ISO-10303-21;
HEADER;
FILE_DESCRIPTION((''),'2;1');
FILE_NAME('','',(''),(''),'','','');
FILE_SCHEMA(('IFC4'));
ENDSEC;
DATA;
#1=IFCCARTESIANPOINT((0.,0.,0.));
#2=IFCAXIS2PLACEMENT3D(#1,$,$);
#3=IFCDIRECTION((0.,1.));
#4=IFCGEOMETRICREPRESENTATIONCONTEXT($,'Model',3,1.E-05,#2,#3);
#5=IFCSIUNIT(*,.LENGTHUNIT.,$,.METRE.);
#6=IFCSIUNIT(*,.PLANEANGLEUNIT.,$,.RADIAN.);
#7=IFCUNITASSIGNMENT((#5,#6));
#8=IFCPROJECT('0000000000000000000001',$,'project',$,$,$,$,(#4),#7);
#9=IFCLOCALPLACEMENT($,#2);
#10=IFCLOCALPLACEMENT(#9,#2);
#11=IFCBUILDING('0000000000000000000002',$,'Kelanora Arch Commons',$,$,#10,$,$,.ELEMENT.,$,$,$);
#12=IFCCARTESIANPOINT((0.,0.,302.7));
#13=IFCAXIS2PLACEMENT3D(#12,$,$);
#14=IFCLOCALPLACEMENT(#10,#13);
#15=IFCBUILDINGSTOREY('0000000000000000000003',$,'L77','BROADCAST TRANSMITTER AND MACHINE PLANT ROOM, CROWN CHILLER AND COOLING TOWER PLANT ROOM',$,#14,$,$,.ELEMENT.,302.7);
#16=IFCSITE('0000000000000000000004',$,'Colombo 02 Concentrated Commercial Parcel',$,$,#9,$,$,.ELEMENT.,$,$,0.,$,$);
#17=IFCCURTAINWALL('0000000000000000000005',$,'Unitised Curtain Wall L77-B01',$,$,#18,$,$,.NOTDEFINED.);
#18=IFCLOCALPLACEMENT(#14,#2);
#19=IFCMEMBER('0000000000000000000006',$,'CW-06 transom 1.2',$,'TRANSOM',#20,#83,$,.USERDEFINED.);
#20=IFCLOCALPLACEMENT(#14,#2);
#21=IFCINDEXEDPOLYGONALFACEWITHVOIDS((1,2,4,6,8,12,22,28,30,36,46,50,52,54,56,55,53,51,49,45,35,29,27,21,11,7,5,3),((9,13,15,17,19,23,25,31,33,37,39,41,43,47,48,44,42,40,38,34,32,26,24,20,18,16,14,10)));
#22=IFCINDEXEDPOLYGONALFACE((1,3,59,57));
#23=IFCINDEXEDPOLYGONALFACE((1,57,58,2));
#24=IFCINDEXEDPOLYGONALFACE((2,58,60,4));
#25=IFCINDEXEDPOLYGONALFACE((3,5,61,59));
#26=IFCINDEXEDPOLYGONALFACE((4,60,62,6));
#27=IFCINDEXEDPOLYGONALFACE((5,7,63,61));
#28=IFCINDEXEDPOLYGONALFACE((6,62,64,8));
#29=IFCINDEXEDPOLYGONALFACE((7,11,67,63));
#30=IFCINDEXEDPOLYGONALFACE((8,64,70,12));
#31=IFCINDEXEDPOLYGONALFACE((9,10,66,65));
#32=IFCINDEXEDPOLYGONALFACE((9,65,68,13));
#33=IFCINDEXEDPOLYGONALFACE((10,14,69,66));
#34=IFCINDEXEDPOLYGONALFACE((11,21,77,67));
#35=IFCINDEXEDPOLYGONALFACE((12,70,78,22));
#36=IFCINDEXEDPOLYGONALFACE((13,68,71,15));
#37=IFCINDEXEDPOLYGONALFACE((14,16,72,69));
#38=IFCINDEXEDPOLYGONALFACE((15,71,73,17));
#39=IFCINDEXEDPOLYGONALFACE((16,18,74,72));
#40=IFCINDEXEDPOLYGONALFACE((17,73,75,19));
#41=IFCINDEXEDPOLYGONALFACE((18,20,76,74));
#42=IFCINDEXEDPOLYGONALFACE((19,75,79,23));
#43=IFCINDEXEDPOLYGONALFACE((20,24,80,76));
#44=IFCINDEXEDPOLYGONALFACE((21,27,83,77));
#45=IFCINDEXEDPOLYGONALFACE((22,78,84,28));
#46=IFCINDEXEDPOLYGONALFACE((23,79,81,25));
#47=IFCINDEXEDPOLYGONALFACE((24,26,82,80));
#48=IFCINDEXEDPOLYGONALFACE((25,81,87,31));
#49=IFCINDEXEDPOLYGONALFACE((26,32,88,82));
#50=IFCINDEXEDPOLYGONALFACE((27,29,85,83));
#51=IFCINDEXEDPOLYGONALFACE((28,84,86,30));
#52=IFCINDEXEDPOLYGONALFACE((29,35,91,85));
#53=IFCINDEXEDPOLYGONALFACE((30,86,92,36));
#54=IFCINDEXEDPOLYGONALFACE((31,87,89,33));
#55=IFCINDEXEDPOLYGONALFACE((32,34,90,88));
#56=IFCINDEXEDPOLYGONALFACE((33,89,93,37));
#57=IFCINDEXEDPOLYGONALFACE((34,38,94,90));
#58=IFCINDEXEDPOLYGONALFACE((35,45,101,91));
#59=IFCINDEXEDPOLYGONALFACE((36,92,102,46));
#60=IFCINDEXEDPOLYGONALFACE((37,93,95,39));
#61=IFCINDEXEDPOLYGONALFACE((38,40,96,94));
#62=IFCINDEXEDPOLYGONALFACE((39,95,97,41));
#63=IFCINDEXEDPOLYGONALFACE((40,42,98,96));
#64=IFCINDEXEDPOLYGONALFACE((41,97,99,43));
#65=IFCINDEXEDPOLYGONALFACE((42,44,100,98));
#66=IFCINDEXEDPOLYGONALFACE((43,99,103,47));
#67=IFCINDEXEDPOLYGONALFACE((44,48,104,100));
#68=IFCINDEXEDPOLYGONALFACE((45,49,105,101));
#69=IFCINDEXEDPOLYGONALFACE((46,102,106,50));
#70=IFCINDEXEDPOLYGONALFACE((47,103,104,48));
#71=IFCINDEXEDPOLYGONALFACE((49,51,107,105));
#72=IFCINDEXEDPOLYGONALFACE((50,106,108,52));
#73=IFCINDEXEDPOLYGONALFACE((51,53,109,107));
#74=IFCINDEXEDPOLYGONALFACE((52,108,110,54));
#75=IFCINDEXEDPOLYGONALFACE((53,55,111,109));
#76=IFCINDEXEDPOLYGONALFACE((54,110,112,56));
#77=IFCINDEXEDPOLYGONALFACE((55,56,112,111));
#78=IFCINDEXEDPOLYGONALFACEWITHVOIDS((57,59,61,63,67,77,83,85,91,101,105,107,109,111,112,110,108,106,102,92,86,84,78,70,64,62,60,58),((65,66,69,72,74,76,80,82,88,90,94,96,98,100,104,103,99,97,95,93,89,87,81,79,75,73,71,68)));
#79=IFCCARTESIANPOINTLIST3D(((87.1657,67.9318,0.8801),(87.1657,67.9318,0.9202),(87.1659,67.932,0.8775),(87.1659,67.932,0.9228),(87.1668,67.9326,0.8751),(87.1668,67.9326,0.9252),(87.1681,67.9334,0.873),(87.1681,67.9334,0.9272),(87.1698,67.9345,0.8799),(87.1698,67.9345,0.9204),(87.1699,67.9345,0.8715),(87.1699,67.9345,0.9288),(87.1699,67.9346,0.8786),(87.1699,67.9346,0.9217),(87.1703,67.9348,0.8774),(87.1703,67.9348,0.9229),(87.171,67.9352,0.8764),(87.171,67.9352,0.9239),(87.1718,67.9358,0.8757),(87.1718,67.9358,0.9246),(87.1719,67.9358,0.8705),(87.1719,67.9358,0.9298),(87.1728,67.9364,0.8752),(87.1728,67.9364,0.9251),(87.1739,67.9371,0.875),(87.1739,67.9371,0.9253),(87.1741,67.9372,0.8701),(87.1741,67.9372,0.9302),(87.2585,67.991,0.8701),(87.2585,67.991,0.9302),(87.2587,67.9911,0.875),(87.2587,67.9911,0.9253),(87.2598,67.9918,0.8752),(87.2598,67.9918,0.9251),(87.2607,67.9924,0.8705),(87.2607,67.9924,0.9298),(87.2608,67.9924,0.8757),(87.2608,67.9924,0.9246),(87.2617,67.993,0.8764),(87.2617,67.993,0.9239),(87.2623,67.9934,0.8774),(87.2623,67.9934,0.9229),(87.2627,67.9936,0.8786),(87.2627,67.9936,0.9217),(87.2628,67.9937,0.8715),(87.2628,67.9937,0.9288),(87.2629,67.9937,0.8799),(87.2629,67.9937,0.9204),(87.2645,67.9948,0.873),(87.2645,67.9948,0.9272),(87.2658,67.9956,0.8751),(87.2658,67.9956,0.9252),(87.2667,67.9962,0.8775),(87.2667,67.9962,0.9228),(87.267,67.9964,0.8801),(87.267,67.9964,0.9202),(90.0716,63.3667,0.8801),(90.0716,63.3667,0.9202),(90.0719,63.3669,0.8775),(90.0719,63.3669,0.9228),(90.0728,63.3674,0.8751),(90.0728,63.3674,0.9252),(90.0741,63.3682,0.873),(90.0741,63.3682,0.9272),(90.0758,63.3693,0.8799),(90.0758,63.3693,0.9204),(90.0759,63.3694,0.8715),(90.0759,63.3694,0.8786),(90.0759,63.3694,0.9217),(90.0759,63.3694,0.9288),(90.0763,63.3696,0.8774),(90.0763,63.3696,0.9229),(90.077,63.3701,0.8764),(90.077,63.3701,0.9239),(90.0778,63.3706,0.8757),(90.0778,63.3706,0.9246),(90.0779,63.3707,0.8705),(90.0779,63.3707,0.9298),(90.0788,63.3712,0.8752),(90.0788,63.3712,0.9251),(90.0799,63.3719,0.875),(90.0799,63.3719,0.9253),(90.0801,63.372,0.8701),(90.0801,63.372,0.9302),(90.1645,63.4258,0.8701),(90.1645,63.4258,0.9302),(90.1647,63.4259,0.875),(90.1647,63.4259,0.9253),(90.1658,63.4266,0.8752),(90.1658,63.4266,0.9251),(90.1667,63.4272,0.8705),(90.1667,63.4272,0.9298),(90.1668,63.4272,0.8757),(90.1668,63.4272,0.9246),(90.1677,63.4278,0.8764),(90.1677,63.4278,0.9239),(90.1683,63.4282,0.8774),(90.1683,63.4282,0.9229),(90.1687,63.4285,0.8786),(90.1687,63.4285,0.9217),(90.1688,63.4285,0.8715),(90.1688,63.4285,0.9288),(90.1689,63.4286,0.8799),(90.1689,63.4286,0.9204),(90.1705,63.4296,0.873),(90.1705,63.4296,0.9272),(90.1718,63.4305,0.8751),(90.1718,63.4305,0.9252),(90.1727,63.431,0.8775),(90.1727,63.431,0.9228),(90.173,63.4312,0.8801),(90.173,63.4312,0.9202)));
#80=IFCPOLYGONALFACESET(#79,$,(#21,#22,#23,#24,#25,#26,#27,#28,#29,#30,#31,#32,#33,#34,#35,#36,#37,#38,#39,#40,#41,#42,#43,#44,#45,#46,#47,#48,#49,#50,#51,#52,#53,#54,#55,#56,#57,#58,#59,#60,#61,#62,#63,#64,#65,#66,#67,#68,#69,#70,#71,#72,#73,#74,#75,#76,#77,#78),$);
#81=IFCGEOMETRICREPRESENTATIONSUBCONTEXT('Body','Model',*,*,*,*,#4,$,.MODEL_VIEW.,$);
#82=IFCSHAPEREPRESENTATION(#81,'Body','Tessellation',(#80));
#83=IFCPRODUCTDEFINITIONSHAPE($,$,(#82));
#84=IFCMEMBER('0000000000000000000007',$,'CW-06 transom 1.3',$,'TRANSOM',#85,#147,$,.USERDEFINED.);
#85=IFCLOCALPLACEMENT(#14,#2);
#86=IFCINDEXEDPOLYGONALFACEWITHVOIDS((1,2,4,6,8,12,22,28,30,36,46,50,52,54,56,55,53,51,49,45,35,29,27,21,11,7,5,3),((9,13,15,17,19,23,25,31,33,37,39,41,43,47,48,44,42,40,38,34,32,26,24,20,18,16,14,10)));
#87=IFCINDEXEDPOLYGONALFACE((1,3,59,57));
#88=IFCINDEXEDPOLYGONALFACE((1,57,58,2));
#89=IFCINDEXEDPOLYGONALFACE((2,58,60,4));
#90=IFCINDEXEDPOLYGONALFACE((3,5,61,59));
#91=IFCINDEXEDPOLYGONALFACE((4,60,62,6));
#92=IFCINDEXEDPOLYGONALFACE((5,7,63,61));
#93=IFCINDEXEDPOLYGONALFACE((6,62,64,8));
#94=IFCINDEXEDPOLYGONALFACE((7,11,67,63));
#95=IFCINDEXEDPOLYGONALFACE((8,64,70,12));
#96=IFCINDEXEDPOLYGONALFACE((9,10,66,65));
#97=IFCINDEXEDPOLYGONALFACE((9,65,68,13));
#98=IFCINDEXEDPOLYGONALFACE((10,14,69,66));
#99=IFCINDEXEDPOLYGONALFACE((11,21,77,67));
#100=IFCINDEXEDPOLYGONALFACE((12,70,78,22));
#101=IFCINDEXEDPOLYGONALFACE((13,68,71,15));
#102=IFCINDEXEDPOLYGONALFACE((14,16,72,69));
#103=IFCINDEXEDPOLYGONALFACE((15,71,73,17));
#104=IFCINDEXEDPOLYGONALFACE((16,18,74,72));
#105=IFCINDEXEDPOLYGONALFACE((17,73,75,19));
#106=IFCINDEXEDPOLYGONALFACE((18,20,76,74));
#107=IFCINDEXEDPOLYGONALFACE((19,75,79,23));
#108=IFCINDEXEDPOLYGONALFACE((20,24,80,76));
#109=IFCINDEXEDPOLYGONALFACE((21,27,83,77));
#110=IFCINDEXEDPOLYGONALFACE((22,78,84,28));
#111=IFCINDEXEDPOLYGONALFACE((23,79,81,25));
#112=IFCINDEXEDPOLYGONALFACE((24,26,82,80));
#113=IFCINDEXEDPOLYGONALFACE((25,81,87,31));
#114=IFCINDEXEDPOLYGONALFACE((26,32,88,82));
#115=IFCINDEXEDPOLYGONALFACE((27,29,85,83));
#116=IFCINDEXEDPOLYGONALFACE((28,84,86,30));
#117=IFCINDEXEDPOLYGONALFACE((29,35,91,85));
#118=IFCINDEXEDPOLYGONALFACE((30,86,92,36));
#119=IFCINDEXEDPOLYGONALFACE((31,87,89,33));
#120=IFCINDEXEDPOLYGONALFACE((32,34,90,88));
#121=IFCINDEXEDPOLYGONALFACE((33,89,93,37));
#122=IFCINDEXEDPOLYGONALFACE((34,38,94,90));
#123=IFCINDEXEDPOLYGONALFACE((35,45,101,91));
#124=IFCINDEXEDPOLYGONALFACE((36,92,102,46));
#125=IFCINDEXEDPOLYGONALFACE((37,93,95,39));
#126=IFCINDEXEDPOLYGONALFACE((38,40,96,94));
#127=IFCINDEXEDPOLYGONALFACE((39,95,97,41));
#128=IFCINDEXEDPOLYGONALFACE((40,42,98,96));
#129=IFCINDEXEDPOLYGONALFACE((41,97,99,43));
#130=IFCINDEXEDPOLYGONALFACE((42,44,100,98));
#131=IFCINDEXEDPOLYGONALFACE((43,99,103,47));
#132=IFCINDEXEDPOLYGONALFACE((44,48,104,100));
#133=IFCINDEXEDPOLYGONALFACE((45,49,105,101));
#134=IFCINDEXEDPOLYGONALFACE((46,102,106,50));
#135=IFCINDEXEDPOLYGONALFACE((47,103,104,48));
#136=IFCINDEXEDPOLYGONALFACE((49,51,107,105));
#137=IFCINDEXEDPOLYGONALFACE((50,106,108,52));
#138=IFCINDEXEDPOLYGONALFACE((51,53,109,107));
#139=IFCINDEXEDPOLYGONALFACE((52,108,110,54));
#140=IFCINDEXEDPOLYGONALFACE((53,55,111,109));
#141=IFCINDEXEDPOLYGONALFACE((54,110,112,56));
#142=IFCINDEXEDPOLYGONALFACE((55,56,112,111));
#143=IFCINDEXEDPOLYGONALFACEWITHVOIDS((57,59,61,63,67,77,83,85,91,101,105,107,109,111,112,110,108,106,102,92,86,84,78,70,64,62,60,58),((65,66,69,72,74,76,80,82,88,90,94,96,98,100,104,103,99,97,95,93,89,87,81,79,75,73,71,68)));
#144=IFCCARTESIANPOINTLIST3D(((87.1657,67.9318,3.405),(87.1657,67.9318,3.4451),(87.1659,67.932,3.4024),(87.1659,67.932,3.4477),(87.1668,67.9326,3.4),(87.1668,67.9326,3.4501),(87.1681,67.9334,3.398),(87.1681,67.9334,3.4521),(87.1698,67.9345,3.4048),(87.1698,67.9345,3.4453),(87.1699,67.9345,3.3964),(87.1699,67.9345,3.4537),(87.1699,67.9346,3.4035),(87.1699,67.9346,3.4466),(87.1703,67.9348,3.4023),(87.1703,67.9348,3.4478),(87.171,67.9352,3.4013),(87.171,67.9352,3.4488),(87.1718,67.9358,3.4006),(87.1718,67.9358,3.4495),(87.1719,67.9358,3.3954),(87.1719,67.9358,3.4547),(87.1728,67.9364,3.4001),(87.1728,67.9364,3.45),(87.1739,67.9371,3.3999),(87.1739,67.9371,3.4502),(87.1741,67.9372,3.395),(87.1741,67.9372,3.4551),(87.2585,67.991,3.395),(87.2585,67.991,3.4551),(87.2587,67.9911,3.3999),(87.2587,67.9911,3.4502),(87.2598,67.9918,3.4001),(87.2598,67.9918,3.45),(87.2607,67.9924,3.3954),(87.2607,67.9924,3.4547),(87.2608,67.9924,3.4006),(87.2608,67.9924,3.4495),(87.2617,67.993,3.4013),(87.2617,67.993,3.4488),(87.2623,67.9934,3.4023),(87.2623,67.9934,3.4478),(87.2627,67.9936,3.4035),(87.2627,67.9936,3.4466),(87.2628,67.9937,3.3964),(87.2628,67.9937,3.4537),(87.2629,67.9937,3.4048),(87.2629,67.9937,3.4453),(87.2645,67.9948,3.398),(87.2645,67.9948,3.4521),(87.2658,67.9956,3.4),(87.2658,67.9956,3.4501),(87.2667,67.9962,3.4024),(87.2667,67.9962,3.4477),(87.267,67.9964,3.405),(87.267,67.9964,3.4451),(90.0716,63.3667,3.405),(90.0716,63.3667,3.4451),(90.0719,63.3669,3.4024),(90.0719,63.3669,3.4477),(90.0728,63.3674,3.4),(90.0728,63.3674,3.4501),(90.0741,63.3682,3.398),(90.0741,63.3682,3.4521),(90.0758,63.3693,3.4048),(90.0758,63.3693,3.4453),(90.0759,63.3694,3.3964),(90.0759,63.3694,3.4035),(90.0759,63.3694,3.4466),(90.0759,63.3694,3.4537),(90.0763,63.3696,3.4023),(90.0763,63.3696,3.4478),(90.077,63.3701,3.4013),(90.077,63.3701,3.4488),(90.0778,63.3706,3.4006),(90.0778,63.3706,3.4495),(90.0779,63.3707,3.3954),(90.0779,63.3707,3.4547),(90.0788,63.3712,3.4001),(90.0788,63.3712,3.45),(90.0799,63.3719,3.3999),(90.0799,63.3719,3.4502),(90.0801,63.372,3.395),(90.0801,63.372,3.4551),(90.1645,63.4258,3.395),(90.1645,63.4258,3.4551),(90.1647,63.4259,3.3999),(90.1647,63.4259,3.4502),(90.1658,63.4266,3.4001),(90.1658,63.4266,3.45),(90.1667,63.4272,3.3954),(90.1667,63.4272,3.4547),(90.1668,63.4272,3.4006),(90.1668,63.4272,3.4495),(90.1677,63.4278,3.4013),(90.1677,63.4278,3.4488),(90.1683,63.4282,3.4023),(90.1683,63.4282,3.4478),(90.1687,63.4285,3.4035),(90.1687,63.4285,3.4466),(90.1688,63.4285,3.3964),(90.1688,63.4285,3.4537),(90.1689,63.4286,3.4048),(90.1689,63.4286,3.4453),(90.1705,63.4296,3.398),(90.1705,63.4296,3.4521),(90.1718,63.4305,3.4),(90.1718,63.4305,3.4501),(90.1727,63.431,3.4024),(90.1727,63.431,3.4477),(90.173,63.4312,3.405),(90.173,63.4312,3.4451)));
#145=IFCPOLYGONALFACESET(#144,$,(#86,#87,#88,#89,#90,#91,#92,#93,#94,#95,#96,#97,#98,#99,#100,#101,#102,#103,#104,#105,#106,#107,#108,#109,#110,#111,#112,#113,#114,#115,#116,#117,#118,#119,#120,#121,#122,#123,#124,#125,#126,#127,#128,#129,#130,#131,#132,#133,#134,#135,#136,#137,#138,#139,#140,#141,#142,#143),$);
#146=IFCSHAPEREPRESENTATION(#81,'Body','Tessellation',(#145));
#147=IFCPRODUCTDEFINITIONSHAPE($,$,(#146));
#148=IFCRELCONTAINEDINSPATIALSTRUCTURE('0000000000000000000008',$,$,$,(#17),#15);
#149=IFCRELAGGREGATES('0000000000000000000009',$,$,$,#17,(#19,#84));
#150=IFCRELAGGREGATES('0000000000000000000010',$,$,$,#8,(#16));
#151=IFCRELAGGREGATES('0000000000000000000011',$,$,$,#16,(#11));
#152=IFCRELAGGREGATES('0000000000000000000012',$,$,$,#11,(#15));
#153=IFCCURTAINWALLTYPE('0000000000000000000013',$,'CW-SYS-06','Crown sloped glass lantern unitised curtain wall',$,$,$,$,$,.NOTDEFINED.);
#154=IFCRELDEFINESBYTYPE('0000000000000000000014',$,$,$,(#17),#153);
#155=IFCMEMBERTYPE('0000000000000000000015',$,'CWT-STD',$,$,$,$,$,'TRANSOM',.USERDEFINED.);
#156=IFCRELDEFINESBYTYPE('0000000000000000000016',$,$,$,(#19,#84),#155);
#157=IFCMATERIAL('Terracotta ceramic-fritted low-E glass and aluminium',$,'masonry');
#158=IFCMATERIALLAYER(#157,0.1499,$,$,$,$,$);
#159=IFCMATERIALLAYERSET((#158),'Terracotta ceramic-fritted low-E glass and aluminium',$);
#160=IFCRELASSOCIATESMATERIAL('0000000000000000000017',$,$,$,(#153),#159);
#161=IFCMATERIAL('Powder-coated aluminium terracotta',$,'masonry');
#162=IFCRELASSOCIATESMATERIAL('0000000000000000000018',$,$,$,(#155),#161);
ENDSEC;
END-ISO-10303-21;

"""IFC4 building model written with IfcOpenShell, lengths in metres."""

from ifc_helpers import new_model, si_unit, direction, frame, origin, origin_2d, place, context, subcontext, project, spatial, hollow_rectangle, extrude, material, layer, layer_set, material_profile, profile_set, type_object, element, aggregate, save


model = new_model("IFC4")

# Units and contexts
model_context = context("Model", 3, precision=1e-05, world=origin(), true_north=direction((0.0, 1.0)))
body_context = subcontext(model_context, "Body", "Model", "MODEL_VIEW")
ifc_project = project(units=[si_unit("LENGTHUNIT", "METRE"), si_unit("PLANEANGLEUNIT", "RADIAN")], contexts=[model_context])

# Site, building, storey
site_placement = place(None, origin())
site = spatial("IfcSite", under=ifc_project, at=site_placement, Name="Colombo 02 Concentrated Commercial Parcel", CompositionType="ELEMENT", RefElevation=0.0)
building_placement = place(site_placement, origin())
building = spatial("IfcBuilding", under=site, at=building_placement, Name="Kelanora Arch Commons", CompositionType="ELEMENT")
storey_placement = place(building_placement, frame((0.0, 0.0, 302.7)))
storey = spatial("IfcBuildingStorey", under=building, at=storey_placement, Name="L77", Description="BROADCAST TRANSMITTER AND MACHINE PLANT ROOM, CROWN CHILLER AND COOLING TOWER PLANT ROOM", CompositionType="ELEMENT", Elevation=302.7)

# Shared definitions
ifc_material_1 = material(Name="Terracotta ceramic-fritted low-E glass and aluminium", Category="masonry")
ifc_layer_1 = layer(ifc_material_1, 0.1499)
ifc_layer_set_1 = layer_set([ifc_layer_1], Name="Terracotta ceramic-fritted low-E glass and aluminium")
curtain_wall_type = type_object("IfcCurtainWallType", Name="CW-SYS-06", Description="Crown sloped glass lantern unitised curtain wall", PredefinedType="NOTDEFINED", material=ifc_layer_set_1)
ifc_material_2 = material(Name="Powder-coated aluminium terracotta", Category="masonry")

# Curtain wall
curtain_wall_1_placement = place(storey_placement, origin())
curtain_wall_1 = element("IfcCurtainWall", 1, at=curtain_wall_1_placement, inside=storey, type_object=curtain_wall_type, Name="Unitised Curtain Wall L77-B01", PredefinedType="NOTDEFINED")

# Members
ifc_material_profile_1 = material_profile(ifc_material_2, hollow_rectangle(XDim=0.1201, YDim=0.0601, WallThickness=0.0049, InnerFilletRadius=0.0049, OuterFilletRadius=0.01, at=origin_2d()), Name="CWT120x60")
ifc_profile_set_1 = profile_set([ifc_material_profile_1], Name="Powder-coated aluminium terracotta")
member_type_1 = type_object("IfcMemberType", Name="CWT-STD", ElementType="TRANSOM", PredefinedType="USERDEFINED", material=ifc_profile_set_1)
member_1_placement = place(storey_placement, frame((90.1223, 63.3989, 0.9001), z_axis=(-0.536992, 0.843587, 0.0), x_axis=(-0.843587, -0.536992, 0.0)))
member_1 = element("IfcMember", 2, at=member_1_placement, type_object=member_type_1, Name="CW-06 transom 1.2", ObjectType="TRANSOM", PredefinedType="USERDEFINED", context=body_context, shape_type="SweptSolid", body=[
    extrude(hollow_rectangle(XDim=0.1201, YDim=0.0601, WallThickness=0.0049, InnerFilletRadius=0.0049, OuterFilletRadius=0.01, at=origin_2d()), origin(), (0.0, 0.0, 1.0), 5.4116),
])
member_2_placement = place(storey_placement, frame((90.1223, 63.3989, 3.425), z_axis=(-0.536992, 0.843587, 0.0), x_axis=(-0.843587, -0.536992, 0.0)))
member_2 = element("IfcMember", 3, at=member_2_placement, type_object=member_type_1, Name="CW-06 transom 1.3", ObjectType="TRANSOM", PredefinedType="USERDEFINED", context=body_context, shape_type="SweptSolid", body=[
    extrude(hollow_rectangle(XDim=0.1201, YDim=0.0601, WallThickness=0.0049, InnerFilletRadius=0.0049, OuterFilletRadius=0.01, at=origin_2d()), origin(), (0.0, 0.0, 1.0), 5.4116),
])
aggregate(curtain_wall_1, [member_1, member_2])

save(model, "model.ifc")
